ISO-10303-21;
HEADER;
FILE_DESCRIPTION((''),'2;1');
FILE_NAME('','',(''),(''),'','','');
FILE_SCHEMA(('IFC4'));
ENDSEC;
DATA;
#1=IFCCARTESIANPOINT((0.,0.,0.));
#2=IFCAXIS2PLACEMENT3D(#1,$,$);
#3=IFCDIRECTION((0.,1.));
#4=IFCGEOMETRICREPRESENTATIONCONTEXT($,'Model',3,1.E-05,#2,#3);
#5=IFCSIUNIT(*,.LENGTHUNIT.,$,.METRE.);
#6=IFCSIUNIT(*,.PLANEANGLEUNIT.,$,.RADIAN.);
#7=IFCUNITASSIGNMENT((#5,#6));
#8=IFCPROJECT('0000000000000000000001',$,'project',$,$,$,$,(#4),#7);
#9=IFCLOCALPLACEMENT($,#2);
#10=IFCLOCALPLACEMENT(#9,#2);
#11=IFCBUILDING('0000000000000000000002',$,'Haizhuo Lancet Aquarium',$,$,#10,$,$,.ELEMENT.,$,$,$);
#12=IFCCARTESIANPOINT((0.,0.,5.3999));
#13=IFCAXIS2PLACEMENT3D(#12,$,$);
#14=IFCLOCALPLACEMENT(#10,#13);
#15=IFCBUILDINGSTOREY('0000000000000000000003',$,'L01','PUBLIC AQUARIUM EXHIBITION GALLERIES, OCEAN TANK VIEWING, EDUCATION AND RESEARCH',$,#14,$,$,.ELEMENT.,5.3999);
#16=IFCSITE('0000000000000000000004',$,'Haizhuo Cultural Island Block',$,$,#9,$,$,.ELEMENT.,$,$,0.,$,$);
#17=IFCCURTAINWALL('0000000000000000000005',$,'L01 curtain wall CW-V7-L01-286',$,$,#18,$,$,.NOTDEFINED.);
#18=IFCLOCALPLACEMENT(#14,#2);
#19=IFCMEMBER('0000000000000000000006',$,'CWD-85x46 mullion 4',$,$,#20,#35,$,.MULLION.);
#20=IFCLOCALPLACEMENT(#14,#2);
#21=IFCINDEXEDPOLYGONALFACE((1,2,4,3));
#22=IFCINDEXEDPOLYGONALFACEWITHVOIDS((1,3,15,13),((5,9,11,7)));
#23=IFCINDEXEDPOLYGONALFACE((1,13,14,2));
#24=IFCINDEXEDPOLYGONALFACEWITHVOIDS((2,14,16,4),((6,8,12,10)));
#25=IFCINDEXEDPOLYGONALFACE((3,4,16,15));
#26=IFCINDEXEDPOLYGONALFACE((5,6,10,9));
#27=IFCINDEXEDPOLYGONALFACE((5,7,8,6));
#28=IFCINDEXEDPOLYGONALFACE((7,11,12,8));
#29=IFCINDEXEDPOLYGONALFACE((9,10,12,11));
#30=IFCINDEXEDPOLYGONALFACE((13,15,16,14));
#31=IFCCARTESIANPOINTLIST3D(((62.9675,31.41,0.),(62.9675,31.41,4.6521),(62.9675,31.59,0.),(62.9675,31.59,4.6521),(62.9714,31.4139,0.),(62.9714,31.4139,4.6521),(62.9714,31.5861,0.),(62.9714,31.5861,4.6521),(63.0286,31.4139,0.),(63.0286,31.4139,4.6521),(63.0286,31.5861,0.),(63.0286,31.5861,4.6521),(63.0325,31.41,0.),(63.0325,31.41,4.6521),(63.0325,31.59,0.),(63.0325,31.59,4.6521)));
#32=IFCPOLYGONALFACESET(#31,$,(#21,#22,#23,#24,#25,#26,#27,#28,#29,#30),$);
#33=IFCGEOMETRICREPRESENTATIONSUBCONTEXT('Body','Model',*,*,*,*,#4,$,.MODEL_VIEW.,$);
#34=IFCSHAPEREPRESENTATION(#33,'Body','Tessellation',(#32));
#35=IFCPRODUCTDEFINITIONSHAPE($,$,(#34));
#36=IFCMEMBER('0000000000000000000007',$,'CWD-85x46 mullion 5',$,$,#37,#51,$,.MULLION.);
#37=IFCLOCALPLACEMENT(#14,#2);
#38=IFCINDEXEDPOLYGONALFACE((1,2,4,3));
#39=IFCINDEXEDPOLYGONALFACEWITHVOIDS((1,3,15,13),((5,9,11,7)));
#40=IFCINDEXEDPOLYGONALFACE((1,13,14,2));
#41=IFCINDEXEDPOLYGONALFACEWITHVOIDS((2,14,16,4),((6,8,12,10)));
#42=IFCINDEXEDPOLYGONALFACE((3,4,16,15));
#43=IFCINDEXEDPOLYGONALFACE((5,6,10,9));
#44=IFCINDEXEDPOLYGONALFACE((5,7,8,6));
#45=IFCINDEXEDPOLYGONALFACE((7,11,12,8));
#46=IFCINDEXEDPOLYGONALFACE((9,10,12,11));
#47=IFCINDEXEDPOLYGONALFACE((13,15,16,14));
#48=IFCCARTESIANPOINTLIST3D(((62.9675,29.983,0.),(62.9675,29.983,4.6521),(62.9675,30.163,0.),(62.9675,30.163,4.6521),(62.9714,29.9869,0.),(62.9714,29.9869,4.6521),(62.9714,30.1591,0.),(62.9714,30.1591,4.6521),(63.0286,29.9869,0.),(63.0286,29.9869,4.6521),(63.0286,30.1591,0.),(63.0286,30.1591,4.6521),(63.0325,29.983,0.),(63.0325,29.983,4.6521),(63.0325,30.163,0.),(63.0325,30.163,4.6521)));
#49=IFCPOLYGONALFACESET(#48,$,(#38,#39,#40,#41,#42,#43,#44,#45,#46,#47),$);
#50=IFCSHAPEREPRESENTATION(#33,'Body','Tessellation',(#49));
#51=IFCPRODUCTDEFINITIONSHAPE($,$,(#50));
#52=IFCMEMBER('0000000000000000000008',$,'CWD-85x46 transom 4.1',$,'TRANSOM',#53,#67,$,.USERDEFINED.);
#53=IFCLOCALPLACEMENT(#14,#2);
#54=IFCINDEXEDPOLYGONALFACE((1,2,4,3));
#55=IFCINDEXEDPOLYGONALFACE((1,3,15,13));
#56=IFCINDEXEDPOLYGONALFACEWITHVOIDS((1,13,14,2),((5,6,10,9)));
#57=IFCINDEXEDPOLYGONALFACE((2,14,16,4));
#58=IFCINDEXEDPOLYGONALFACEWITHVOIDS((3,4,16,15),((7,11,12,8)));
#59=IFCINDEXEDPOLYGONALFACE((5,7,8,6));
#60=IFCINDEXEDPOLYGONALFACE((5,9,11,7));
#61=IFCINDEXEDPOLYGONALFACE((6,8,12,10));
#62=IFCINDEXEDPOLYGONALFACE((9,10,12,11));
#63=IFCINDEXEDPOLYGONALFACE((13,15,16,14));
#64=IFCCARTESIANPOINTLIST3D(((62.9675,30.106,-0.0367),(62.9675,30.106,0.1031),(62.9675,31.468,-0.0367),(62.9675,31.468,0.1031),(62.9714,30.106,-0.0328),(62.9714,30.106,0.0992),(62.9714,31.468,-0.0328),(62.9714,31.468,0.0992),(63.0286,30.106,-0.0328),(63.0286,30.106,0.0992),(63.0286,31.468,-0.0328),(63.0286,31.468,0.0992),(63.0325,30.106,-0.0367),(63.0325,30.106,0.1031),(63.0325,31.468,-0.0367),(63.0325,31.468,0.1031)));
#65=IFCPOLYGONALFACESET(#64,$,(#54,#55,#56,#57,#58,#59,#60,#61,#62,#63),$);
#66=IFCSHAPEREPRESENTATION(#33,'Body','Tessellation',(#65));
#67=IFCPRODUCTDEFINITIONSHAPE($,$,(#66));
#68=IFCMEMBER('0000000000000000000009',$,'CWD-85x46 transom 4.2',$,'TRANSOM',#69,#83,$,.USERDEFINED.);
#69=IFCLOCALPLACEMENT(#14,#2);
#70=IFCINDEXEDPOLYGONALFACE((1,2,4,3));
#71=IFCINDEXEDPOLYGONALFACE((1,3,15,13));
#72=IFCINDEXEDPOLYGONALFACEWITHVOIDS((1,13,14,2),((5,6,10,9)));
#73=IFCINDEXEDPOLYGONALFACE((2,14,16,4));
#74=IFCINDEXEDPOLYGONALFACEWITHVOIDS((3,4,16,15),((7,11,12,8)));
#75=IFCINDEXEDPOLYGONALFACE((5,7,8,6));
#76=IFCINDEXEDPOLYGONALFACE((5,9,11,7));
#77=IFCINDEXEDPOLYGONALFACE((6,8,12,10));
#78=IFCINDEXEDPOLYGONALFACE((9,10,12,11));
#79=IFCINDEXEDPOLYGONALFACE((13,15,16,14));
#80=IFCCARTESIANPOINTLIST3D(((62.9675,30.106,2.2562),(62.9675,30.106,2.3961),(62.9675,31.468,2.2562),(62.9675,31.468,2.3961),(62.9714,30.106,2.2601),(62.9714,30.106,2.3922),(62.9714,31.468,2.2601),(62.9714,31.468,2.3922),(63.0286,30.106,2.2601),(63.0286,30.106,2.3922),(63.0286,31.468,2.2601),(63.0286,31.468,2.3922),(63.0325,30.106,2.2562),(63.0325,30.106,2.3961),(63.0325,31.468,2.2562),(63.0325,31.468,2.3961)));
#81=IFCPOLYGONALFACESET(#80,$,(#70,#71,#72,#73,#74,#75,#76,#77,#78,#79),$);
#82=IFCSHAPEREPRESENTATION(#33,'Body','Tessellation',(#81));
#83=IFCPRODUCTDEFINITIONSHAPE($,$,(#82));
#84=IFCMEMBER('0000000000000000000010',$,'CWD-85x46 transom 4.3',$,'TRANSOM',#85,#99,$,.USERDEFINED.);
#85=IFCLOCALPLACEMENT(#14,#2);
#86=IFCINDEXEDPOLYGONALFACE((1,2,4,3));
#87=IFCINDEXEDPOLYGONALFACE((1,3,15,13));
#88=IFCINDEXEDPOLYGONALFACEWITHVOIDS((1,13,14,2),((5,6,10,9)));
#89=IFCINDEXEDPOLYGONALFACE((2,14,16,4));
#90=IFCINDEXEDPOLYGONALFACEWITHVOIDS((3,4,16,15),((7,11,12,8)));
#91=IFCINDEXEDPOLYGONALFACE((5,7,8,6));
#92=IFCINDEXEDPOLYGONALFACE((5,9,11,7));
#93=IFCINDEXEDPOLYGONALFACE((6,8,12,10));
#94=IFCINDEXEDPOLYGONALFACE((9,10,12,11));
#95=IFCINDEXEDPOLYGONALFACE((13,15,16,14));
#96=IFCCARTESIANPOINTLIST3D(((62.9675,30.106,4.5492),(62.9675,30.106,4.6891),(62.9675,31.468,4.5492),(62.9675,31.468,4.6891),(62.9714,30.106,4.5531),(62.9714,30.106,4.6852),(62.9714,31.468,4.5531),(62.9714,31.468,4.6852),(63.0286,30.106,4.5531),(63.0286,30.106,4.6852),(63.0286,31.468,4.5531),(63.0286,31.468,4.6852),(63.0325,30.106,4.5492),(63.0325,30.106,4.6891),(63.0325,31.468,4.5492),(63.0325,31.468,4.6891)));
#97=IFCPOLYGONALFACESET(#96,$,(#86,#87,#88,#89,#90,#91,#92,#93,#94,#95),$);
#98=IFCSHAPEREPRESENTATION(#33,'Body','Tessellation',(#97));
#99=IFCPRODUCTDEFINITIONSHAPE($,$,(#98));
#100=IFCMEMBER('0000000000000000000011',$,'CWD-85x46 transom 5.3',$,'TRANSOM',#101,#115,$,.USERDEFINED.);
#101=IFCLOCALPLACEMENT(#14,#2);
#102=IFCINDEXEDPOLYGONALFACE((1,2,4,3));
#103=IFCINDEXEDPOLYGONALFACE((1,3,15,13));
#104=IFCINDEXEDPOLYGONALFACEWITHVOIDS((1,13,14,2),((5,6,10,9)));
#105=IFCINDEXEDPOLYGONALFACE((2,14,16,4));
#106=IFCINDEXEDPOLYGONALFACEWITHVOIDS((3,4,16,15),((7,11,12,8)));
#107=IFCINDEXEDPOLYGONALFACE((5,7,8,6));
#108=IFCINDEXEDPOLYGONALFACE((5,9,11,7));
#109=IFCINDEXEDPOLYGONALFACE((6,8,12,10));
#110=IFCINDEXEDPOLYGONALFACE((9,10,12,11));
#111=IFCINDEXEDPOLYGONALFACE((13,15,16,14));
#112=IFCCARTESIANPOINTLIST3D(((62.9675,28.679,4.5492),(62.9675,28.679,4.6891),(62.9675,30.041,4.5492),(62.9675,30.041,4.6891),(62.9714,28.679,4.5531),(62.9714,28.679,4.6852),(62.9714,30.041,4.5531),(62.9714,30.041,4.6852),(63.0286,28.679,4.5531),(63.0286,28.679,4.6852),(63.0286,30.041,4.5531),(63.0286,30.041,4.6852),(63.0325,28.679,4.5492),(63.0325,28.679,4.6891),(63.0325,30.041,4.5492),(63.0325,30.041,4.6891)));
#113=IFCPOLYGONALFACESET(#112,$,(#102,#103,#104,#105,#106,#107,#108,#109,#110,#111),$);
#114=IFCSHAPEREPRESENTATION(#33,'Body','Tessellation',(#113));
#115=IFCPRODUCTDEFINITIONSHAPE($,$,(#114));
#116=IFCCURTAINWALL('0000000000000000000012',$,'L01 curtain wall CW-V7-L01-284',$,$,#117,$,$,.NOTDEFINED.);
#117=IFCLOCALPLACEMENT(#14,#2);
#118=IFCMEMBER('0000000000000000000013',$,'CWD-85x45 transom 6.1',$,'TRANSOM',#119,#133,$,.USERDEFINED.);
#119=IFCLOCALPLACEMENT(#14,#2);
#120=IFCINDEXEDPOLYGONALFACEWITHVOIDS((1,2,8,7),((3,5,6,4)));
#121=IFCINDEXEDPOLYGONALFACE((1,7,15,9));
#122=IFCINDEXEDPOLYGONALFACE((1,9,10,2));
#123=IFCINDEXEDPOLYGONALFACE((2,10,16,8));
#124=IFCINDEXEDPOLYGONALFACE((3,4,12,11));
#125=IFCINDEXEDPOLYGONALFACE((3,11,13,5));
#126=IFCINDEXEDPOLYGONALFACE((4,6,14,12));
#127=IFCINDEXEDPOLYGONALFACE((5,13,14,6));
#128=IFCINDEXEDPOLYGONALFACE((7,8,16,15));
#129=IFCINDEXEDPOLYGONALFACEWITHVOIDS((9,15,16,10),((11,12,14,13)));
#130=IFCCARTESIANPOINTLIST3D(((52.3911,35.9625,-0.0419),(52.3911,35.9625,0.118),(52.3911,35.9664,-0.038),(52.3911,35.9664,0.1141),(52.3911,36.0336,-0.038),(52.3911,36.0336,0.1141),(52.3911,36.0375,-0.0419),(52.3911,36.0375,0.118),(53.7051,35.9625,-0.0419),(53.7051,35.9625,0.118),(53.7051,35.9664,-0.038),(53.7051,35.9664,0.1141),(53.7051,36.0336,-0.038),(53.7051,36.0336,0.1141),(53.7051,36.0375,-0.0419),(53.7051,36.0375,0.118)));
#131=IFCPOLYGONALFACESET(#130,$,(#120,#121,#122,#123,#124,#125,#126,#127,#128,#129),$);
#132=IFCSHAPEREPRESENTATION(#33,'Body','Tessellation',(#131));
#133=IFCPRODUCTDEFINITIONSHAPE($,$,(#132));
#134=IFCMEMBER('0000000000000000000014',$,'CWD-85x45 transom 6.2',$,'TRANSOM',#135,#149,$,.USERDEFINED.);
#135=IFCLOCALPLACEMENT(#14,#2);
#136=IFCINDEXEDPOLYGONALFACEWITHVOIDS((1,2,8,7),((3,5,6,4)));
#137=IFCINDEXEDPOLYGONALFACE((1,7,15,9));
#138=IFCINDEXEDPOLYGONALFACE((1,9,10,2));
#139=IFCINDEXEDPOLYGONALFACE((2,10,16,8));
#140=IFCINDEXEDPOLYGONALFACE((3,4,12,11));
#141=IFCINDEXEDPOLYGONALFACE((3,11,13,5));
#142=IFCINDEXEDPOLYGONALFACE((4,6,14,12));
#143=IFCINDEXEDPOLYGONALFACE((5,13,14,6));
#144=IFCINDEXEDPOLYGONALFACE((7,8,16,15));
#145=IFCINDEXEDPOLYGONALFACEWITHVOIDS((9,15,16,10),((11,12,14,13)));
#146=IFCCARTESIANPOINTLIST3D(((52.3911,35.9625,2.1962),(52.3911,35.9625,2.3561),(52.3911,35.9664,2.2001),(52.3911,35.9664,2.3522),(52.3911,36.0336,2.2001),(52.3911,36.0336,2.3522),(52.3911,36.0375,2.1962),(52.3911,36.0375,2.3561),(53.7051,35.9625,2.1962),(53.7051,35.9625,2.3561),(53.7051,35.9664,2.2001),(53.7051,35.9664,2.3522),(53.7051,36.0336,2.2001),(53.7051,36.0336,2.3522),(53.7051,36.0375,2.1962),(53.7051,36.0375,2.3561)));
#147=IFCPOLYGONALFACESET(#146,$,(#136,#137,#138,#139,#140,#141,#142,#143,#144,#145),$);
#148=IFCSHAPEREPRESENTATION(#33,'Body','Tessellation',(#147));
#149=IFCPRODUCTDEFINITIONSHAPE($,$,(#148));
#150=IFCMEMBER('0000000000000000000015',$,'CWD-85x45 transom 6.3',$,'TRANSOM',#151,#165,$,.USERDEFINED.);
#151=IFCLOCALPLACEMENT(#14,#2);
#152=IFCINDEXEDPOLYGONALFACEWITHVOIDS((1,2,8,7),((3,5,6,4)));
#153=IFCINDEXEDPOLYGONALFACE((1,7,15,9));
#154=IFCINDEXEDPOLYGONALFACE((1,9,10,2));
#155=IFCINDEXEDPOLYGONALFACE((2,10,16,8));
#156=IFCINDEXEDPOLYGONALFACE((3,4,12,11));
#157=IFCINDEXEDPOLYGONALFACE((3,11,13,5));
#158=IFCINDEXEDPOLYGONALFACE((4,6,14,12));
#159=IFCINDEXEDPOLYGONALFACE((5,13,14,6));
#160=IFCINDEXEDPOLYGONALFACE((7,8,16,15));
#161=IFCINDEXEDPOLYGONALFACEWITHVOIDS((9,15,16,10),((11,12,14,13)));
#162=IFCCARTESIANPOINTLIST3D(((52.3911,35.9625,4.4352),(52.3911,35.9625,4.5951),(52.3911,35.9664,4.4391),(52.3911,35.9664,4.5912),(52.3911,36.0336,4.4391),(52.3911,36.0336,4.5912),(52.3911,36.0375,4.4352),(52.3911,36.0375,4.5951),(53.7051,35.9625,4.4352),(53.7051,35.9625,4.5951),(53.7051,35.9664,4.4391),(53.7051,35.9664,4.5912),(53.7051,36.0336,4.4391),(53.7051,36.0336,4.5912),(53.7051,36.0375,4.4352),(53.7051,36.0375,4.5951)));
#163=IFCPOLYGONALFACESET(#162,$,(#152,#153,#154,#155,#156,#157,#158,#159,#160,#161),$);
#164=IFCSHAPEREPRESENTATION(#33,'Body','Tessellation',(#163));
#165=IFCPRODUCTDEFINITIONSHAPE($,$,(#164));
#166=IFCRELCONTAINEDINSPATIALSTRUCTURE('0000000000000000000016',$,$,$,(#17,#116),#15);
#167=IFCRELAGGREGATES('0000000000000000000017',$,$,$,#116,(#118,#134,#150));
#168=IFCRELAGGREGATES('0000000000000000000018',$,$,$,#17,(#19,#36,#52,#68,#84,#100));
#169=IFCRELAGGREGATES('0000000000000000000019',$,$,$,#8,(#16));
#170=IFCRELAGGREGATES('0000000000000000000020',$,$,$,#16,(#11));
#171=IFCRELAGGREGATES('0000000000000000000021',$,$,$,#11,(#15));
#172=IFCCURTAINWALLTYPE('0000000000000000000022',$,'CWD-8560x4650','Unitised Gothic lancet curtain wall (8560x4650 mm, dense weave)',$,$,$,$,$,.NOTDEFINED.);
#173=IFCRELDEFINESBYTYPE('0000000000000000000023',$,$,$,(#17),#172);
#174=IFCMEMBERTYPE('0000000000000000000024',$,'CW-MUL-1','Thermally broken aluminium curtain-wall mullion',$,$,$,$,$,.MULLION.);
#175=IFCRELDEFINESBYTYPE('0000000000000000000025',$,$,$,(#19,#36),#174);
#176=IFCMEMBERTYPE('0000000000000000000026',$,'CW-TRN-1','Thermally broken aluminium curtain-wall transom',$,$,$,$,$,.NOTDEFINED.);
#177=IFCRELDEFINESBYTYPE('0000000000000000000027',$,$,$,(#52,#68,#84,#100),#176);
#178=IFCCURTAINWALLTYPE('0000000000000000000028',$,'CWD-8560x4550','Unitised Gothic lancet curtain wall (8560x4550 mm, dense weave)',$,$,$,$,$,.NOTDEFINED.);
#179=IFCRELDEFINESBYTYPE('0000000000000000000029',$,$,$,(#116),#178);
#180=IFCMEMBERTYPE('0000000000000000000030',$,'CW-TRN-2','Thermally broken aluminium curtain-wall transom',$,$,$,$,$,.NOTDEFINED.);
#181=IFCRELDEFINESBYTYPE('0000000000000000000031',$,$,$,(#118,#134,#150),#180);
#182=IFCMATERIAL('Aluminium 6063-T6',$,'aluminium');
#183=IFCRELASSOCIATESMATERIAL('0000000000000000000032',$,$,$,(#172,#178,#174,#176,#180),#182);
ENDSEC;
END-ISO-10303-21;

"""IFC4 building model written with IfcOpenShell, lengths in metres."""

from ifc_helpers import new_model, si_unit, direction, frame, origin, origin_2d, place, context, subcontext, project, spatial, hollow_rectangle, extrude, material, material_profile, profile_set, type_object, element, aggregate, save


model = new_model("IFC4")

# Units and contexts
model_context = context("Model", 3, precision=1e-05, world=origin(), true_north=direction((0.0, 1.0)))
body_context = subcontext(model_context, "Body", "Model", "MODEL_VIEW")
ifc_project = project(units=[si_unit("LENGTHUNIT", "METRE"), si_unit("PLANEANGLEUNIT", "RADIAN")], contexts=[model_context])

# Site, building, storey
site_placement = place(None, origin())
site = spatial("IfcSite", under=ifc_project, at=site_placement, Name="Haizhuo Cultural Island Block", CompositionType="ELEMENT", RefElevation=0.0)
building_placement = place(site_placement, origin())
building = spatial("IfcBuilding", under=site, at=building_placement, Name="Haizhuo Lancet Aquarium", CompositionType="ELEMENT")
storey_placement = place(building_placement, frame((0.0, 0.0, 5.3999)))
storey = spatial("IfcBuildingStorey", under=building, at=storey_placement, Name="L01", Description="PUBLIC AQUARIUM EXHIBITION GALLERIES, OCEAN TANK VIEWING, EDUCATION AND RESEARCH", CompositionType="ELEMENT", Elevation=5.3999)

# Curtain walls, members
ifc_material_1 = material(Name="Aluminium 6063-T6", Category="aluminium")
curtain_wall_type_1 = type_object("IfcCurtainWallType", Name="CWD-8560x4650", Description="Unitised Gothic lancet curtain wall (8560x4650 mm, dense weave)", PredefinedType="NOTDEFINED", material=ifc_material_1)
curtain_wall_1_placement = place(storey_placement, origin())
curtain_wall_1 = element("IfcCurtainWall", 1, at=curtain_wall_1_placement, inside=storey, type_object=curtain_wall_type_1, Name="L01 curtain wall CW-V7-L01-286", PredefinedType="NOTDEFINED")
ifc_material_profile_1 = material_profile(ifc_material_1, hollow_rectangle(XDim=0.0649, YDim=0.1799, WallThickness=0.0039, at=origin_2d()), Name="ALU-M 65x180x4")
ifc_profile_set_1 = profile_set([ifc_material_profile_1], Name="Aluminium 6063-T6")
member_type_1 = type_object("IfcMemberType", Name="CW-MUL-1", Description="Thermally broken aluminium curtain-wall mullion", PredefinedType="MULLION", material=ifc_profile_set_1)
member_1_placement = place(storey_placement, frame((63.0, 31.5, 0.0), z_axis=(0.0, 0.0, 1.0), x_axis=(1.0, 0.0, 0.0)))
member_1 = element("IfcMember", 2, at=member_1_placement, type_object=member_type_1, Name="CWD-85x46 mullion 4", PredefinedType="MULLION", context=body_context, shape_type="SweptSolid", body=[
    extrude(hollow_rectangle(XDim=0.0649, YDim=0.1799, WallThickness=0.0039, at=origin_2d()), origin(), (0.0, 0.0, 1.0), 4.6521),
])
member_2_placement = place(storey_placement, frame((63.0, 30.073, 0.0), z_axis=(0.0, 0.0, 1.0), x_axis=(1.0, 0.0, 0.0)))
member_2 = element("IfcMember", 3, at=member_2_placement, type_object=member_type_1, Name="CWD-85x46 mullion 5", PredefinedType="MULLION", context=body_context, shape_type="SweptSolid", body=[
    extrude(hollow_rectangle(XDim=0.0649, YDim=0.1799, WallThickness=0.0039, at=origin_2d()), origin(), (0.0, 0.0, 1.0), 4.6521),
])
ifc_material_profile_2 = material_profile(ifc_material_1, hollow_rectangle(XDim=0.0649, YDim=0.1399, WallThickness=0.0039, at=origin_2d()), Name="ALU-T 65x140x4")
ifc_profile_set_2 = profile_set([ifc_material_profile_2], Name="Aluminium 6063-T6")
member_type_2 = type_object("IfcMemberType", Name="CW-TRN-1", Description="Thermally broken aluminium curtain-wall transom", PredefinedType="NOTDEFINED", material=ifc_profile_set_2)
member_3_placement = place(storey_placement, frame((63.0, 31.468, 0.0332), z_axis=(0.0, -1.0, 0.0), x_axis=(1.0, 0.0, 0.0)))
member_3 = element("IfcMember", 4, at=member_3_placement, type_object=member_type_2, Name="CWD-85x46 transom 4.1", ObjectType="TRANSOM", PredefinedType="USERDEFINED", context=body_context, shape_type="SweptSolid", body=[
    extrude(hollow_rectangle(XDim=0.0649, YDim=0.1399, WallThickness=0.0039, at=origin_2d()), origin(), (0.0, 0.0, 1.0), 1.3621),
])
member_4_placement = place(storey_placement, frame((63.0, 31.468, 2.3262), z_axis=(0.0, -1.0, 0.0), x_axis=(1.0, 0.0, 0.0)))
member_4 = element("IfcMember", 5, at=member_4_placement, type_object=member_type_2, Name="CWD-85x46 transom 4.2", ObjectType="TRANSOM", PredefinedType="USERDEFINED", context=body_context, shape_type="SweptSolid", body=[
    extrude(hollow_rectangle(XDim=0.0649, YDim=0.1399, WallThickness=0.0039, at=origin_2d()), origin(), (0.0, 0.0, 1.0), 1.3621),
])
member_5_placement = place(storey_placement, frame((63.0, 31.468, 4.6191), z_axis=(0.0, -1.0, 0.0), x_axis=(1.0, 0.0, 0.0)))
member_5 = element("IfcMember", 6, at=member_5_placement, type_object=member_type_2, Name="CWD-85x46 transom 4.3", ObjectType="TRANSOM", PredefinedType="USERDEFINED", context=body_context, shape_type="SweptSolid", body=[
    extrude(hollow_rectangle(XDim=0.0649, YDim=0.1399, WallThickness=0.0039, at=origin_2d()), origin(), (0.0, 0.0, 1.0), 1.3621),
])
member_6_placement = place(storey_placement, frame((63.0, 30.041, 4.6191), z_axis=(0.0, -1.0, 0.0), x_axis=(1.0, 0.0, 0.0)))
member_6 = element("IfcMember", 7, at=member_6_placement, type_object=member_type_2, Name="CWD-85x46 transom 5.3", ObjectType="TRANSOM", PredefinedType="USERDEFINED", context=body_context, shape_type="SweptSolid", body=[
    extrude(hollow_rectangle(XDim=0.0649, YDim=0.1399, WallThickness=0.0039, at=origin_2d()), origin(), (0.0, 0.0, 1.0), 1.3621),
])
curtain_wall_type_2 = type_object("IfcCurtainWallType", Name="CWD-8560x4550", Description="Unitised Gothic lancet curtain wall (8560x4550 mm, dense weave)", PredefinedType="NOTDEFINED", material=ifc_material_1)
curtain_wall_2_placement = place(storey_placement, origin())
curtain_wall_2 = element("IfcCurtainWall", 8, at=curtain_wall_2_placement, inside=storey, type_object=curtain_wall_type_2, Name="L01 curtain wall CW-V7-L01-284", PredefinedType="NOTDEFINED")
ifc_material_profile_3 = material_profile(ifc_material_1, hollow_rectangle(XDim=0.075, YDim=0.1599, WallThickness=0.0039, at=origin_2d()), Name="ALU-T 75x160x4")
ifc_profile_set_3 = profile_set([ifc_material_profile_3], Name="Aluminium 6063-T6")
member_type_3 = type_object("IfcMemberType", Name="CW-TRN-2", Description="Thermally broken aluminium curtain-wall transom", PredefinedType="NOTDEFINED", material=ifc_profile_set_3)
member_7_placement = place(storey_placement, frame((52.3911, 36.0, 0.0381), z_axis=(1.0, 0.0, 0.0), x_axis=(0.0, 1.0, 0.0)))
member_7 = element("IfcMember", 9, at=member_7_placement, type_object=member_type_3, Name="CWD-85x45 transom 6.1", ObjectType="TRANSOM", PredefinedType="USERDEFINED", context=body_context, shape_type="SweptSolid", body=[
    extrude(hollow_rectangle(XDim=0.075, YDim=0.1599, WallThickness=0.0039, at=origin_2d()), origin(), (0.0, 0.0, 1.0), 1.314),
])
member_8_placement = place(storey_placement, frame((52.3911, 36.0, 2.2761), z_axis=(1.0, 0.0, 0.0), x_axis=(0.0, 1.0, 0.0)))
member_8 = element("IfcMember", 10, at=member_8_placement, type_object=member_type_3, Name="CWD-85x45 transom 6.2", ObjectType="TRANSOM", PredefinedType="USERDEFINED", context=body_context, shape_type="SweptSolid", body=[
    extrude(hollow_rectangle(XDim=0.075, YDim=0.1599, WallThickness=0.0039, at=origin_2d()), origin(), (0.0, 0.0, 1.0), 1.314),
])
member_9_placement = place(storey_placement, frame((52.3911, 36.0, 4.5151), z_axis=(1.0, 0.0, 0.0), x_axis=(0.0, 1.0, 0.0)))
member_9 = element("IfcMember", 11, at=member_9_placement, type_object=member_type_3, Name="CWD-85x45 transom 6.3", ObjectType="TRANSOM", PredefinedType="USERDEFINED", context=body_context, shape_type="SweptSolid", body=[
    extrude(hollow_rectangle(XDim=0.075, YDim=0.1599, WallThickness=0.0039, at=origin_2d()), origin(), (0.0, 0.0, 1.0), 1.314),
])
aggregate(curtain_wall_2, [member_7, member_8, member_9])

aggregate(curtain_wall_1, [member_1, member_2, member_3, member_4, member_5, member_6])

save(model, "model.ifc")
